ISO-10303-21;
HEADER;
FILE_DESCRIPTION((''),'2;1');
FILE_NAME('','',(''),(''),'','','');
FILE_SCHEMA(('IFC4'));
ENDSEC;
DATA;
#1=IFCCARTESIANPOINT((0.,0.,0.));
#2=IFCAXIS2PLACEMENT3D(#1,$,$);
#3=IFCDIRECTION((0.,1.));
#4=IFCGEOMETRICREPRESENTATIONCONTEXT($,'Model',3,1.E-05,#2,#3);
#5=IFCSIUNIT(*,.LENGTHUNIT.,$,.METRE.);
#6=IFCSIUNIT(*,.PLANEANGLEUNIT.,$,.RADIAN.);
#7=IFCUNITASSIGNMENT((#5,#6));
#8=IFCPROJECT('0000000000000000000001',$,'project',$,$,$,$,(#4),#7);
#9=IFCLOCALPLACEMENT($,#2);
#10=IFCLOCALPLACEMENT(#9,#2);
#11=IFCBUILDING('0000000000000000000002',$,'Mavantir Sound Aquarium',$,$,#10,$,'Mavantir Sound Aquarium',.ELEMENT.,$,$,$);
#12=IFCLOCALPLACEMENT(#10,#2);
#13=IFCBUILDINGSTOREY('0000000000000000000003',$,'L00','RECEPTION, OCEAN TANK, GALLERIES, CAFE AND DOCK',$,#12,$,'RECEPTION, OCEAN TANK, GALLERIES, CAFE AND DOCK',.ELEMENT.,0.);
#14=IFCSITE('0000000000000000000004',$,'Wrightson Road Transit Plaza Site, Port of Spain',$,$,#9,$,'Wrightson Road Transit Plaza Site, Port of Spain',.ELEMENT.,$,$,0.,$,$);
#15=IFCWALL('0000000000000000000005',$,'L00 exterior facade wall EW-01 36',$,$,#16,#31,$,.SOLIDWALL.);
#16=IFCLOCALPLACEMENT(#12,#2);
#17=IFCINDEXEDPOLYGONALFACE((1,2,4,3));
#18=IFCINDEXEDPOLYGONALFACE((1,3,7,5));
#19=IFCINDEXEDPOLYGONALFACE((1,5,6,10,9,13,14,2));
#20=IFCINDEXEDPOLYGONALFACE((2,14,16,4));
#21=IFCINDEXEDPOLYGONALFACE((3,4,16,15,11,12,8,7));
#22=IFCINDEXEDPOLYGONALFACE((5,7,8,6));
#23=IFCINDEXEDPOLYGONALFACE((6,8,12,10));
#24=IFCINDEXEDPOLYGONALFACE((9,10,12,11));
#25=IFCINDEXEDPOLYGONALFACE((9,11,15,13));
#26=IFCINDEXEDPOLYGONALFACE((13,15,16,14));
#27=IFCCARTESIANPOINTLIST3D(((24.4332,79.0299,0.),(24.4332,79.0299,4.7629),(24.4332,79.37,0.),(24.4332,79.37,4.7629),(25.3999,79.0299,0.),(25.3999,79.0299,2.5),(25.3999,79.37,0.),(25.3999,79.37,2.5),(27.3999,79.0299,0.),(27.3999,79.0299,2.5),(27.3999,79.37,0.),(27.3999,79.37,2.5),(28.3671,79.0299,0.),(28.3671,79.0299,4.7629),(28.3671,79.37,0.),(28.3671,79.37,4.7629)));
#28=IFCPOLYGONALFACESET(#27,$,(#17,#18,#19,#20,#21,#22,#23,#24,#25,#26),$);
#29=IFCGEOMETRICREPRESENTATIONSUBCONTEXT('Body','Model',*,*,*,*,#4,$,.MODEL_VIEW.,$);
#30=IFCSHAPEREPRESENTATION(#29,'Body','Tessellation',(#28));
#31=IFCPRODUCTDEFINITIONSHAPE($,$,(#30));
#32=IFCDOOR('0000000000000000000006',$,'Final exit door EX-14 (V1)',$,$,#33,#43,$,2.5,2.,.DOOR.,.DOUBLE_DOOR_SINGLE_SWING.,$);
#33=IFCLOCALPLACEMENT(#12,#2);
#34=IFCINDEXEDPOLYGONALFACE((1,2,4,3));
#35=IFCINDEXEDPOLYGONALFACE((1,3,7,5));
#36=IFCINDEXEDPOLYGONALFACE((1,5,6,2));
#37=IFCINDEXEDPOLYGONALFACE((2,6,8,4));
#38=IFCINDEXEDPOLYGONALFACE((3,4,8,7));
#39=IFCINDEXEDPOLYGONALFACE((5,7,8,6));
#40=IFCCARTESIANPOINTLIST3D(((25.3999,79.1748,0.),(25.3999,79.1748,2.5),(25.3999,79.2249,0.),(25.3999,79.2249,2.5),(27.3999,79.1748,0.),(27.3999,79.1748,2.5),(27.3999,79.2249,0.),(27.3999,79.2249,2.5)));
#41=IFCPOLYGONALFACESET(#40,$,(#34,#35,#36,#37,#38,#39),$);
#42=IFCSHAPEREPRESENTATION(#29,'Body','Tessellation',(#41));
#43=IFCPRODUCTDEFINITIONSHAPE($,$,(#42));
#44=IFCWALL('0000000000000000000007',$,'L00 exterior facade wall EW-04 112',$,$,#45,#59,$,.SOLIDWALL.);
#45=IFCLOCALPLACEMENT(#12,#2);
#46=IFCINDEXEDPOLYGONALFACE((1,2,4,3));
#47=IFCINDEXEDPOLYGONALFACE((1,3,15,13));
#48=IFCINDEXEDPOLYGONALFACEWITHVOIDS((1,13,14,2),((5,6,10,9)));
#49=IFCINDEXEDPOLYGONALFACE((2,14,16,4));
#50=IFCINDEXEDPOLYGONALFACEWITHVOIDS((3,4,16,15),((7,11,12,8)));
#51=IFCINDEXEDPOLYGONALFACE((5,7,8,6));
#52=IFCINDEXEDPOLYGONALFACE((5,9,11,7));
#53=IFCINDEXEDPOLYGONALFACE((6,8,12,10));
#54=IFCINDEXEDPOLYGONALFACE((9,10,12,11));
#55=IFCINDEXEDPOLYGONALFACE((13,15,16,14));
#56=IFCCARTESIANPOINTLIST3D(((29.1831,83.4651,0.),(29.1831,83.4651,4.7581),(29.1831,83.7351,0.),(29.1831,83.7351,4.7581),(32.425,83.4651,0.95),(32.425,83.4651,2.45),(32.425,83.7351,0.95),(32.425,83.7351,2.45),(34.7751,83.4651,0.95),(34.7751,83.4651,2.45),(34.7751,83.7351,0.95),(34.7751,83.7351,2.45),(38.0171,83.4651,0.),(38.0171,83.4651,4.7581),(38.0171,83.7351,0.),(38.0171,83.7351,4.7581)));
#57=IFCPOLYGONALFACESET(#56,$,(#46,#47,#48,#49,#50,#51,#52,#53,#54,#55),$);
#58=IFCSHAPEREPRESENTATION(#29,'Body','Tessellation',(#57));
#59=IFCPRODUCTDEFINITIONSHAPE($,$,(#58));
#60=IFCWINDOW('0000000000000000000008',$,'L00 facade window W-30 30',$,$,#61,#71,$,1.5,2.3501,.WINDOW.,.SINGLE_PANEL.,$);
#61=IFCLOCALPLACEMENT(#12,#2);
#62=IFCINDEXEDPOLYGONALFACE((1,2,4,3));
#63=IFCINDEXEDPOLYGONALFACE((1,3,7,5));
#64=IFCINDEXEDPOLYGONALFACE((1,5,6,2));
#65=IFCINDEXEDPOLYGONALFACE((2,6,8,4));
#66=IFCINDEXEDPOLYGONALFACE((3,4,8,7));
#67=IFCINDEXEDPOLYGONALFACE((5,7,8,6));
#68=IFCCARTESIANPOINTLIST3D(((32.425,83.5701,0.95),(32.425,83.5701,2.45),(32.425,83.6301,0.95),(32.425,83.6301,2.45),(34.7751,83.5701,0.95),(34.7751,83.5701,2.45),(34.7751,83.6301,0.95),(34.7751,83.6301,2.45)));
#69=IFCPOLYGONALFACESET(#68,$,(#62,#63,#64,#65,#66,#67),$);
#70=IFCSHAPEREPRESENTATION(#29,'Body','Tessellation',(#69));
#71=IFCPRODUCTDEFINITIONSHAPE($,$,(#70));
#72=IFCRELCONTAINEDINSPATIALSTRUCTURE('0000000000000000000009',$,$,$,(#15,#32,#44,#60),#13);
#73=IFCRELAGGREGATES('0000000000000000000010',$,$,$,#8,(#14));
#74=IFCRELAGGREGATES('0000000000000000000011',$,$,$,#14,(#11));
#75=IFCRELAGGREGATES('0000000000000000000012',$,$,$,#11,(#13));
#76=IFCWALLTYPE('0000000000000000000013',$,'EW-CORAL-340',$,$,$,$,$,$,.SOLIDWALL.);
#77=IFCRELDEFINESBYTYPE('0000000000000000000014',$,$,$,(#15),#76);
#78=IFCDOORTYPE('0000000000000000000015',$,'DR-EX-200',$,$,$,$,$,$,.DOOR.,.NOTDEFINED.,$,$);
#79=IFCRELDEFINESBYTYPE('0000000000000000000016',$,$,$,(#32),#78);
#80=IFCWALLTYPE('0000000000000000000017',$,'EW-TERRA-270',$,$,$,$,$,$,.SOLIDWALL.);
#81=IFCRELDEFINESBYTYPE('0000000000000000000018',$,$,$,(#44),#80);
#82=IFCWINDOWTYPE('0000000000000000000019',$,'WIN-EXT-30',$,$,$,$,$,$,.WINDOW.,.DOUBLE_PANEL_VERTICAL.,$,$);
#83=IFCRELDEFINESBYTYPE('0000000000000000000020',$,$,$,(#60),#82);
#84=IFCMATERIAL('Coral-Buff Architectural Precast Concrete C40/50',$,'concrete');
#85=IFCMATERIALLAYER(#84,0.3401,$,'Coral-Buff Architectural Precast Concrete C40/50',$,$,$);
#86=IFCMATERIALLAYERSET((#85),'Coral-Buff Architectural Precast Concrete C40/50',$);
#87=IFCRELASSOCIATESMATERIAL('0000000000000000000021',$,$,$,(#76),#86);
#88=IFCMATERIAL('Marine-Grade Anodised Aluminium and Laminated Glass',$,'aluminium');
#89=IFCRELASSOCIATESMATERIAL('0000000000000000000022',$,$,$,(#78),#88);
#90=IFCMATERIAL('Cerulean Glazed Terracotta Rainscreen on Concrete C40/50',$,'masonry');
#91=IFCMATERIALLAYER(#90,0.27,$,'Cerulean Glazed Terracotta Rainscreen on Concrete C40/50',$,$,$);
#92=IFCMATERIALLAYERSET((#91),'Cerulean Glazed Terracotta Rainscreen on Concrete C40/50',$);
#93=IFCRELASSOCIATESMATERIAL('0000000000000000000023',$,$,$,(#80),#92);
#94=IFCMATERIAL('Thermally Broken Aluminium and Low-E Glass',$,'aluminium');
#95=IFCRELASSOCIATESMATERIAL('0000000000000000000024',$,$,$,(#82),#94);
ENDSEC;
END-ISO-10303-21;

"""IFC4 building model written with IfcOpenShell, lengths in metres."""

from ifc_helpers import new_model, si_unit, direction, frame, frame_2d, origin, place, context, subcontext, project, spatial, rectangle, extrude, material, layer, layer_set, type_object, element, fill, save


model = new_model("IFC4")

# Units and contexts
model_context = context("Model", 3, precision=1e-05, world=origin(), true_north=direction((0.0, 1.0)))
body_context = subcontext(model_context, "Body", "Model", "MODEL_VIEW")
ifc_project = project(units=[si_unit("LENGTHUNIT", "METRE"), si_unit("PLANEANGLEUNIT", "RADIAN")], contexts=[model_context])

# Site, building, storey
site_placement = place(None, origin())
site = spatial("IfcSite", under=ifc_project, at=site_placement, Name="Wrightson Road Transit Plaza Site, Port of Spain", LongName="Wrightson Road Transit Plaza Site, Port of Spain", CompositionType="ELEMENT", RefElevation=0.0)
building_placement = place(site_placement, origin())
building = spatial("IfcBuilding", under=site, at=building_placement, Name="Mavantir Sound Aquarium", LongName="Mavantir Sound Aquarium", CompositionType="ELEMENT")
storey_placement = place(building_placement, origin())
storey = spatial("IfcBuildingStorey", under=building, at=storey_placement, Name="L00", Description="RECEPTION, OCEAN TANK, GALLERIES, CAFE AND DOCK", LongName="RECEPTION, OCEAN TANK, GALLERIES, CAFE AND DOCK", CompositionType="ELEMENT", Elevation=0.0)

# Wall, opening, door
ifc_material_1 = material(Name="Coral-Buff Architectural Precast Concrete C40/50", Category="concrete")
ifc_layer_1 = layer(ifc_material_1, 0.3401, Name="Coral-Buff Architectural Precast Concrete C40/50")
ifc_layer_set_1 = layer_set([ifc_layer_1], Name="Coral-Buff Architectural Precast Concrete C40/50")
wall_type_1 = type_object("IfcWallType", Name="EW-CORAL-340", PredefinedType="SOLIDWALL", material=ifc_layer_set_1)
ifc_material_2 = material(Name="Marine-Grade Anodised Aluminium and Laminated Glass", Category="aluminium")
door_type = type_object("IfcDoorType", Name="DR-EX-200", OperationType="NOTDEFINED", PredefinedType="DOOR", material=ifc_material_2)
wall_1_placement = place(storey_placement, frame((28.3669, 79.2, 0.0), z_axis=(0.0, 0.0, 1.0), x_axis=(-1.0, 0.0, 0.0)))
wall_1 = element("IfcWall", 1, at=wall_1_placement, inside=storey, type_object=wall_type_1, Name="L00 exterior facade wall EW-01 36", PredefinedType="SOLIDWALL", context=body_context, shape_type="SweptSolid", body=[
    extrude(rectangle(XDim=3.9338, YDim=0.3401, at=frame_2d((1.9668, 0.0))), origin(), (0.0, 0.0, 1.0), 4.7629),
])
opening_1_placement = place(wall_1_placement, frame((2.967, 0.0, 0.0), z_axis=(0.0, 0.0, 1.0), x_axis=(-1.0, 0.0, 0.0)))
opening_1 = element("IfcOpeningElement", 2, at=opening_1_placement, cuts=wall_1, PredefinedType="OPENING", context=body_context, shape_type="SweptSolid", body=[
    extrude(rectangle(XDim=2.0, YDim=2.5, at=frame_2d((1.0, 1.25))), frame((0.0, 0.1802, 0.0), z_axis=(0.0, -1.0, 0.0), x_axis=(1.0, 0.0, 0.0)), (0.0, 0.0, 1.0), 0.3601),
])
door_1_placement = place(opening_1_placement, origin())
door_1 = element("IfcDoor", 3, at=door_1_placement, inside=storey, type_object=door_type, Name="Final exit door EX-14 (V1)", OperationType="DOUBLE_DOOR_SINGLE_SWING", OverallHeight=2.5, OverallWidth=2.0, PredefinedType="DOOR", context=body_context, shape_type="SweptSolid", body=[
    extrude(rectangle(XDim=2.0, YDim=2.5, at=frame_2d((1.0, 1.25))), frame((0.0, 0.0249, 0.0), z_axis=(0.0, -1.0, 0.0), x_axis=(1.0, 0.0, 0.0)), (0.0, 0.0, 1.0), 0.05),
])
fill(opening_1, door_1)

# Wall, opening, window
ifc_material_3 = material(Name="Cerulean Glazed Terracotta Rainscreen on Concrete C40/50", Category="masonry")
ifc_layer_2 = layer(ifc_material_3, 0.27, Name="Cerulean Glazed Terracotta Rainscreen on Concrete C40/50")
ifc_layer_set_2 = layer_set([ifc_layer_2], Name="Cerulean Glazed Terracotta Rainscreen on Concrete C40/50")
wall_type_2 = type_object("IfcWallType", Name="EW-TERRA-270", PredefinedType="SOLIDWALL", material=ifc_layer_set_2)
wall_2_placement = place(storey_placement, frame((29.1831, 83.6001, 0.0), z_axis=(0.0, 0.0, 1.0), x_axis=(1.0, 0.0, 0.0)))
wall_2 = element("IfcWall", 4, at=wall_2_placement, inside=storey, type_object=wall_type_2, Name="L00 exterior facade wall EW-04 112", PredefinedType="SOLIDWALL", context=body_context, shape_type="SweptSolid", body=[
    extrude(rectangle(XDim=8.834, YDim=0.27, at=frame_2d((4.417, 0.0))), origin(), (0.0, 0.0, 1.0), 4.7581),
])
opening_2_placement = place(wall_2_placement, frame((3.2419, 0.0, 0.95)))
opening_2 = element("IfcOpeningElement", 5, at=opening_2_placement, cuts=wall_2, PredefinedType="OPENING", context=body_context, shape_type="SweptSolid", body=[
    extrude(rectangle(XDim=2.3501, YDim=1.5, at=frame_2d((1.175, 0.75))), frame((0.0, 0.145, 0.0), z_axis=(0.0, -1.0, 0.0), x_axis=(1.0, 0.0, 0.0)), (0.0, 0.0, 1.0), 0.29),
])
ifc_material_4 = material(Name="Thermally Broken Aluminium and Low-E Glass", Category="aluminium")
window_type = type_object("IfcWindowType", Name="WIN-EXT-30", PartitioningType="DOUBLE_PANEL_VERTICAL", PredefinedType="WINDOW", material=ifc_material_4)
window_placement = place(opening_2_placement, origin())
window = element("IfcWindow", 6, at=window_placement, inside=storey, type_object=window_type, Name="L00 facade window W-30 30", OverallHeight=1.5, OverallWidth=2.3501, PartitioningType="SINGLE_PANEL", PredefinedType="WINDOW", context=body_context, shape_type="SweptSolid", body=[
    extrude(rectangle(XDim=2.3501, YDim=1.5, at=frame_2d((1.175, 0.75))), frame((0.0, 0.03, 0.0), z_axis=(0.0, -1.0, 0.0), x_axis=(1.0, 0.0, 0.0)), (0.0, 0.0, 1.0), 0.0601),
])
fill(opening_2, window)

save(model, "model.ifc")
